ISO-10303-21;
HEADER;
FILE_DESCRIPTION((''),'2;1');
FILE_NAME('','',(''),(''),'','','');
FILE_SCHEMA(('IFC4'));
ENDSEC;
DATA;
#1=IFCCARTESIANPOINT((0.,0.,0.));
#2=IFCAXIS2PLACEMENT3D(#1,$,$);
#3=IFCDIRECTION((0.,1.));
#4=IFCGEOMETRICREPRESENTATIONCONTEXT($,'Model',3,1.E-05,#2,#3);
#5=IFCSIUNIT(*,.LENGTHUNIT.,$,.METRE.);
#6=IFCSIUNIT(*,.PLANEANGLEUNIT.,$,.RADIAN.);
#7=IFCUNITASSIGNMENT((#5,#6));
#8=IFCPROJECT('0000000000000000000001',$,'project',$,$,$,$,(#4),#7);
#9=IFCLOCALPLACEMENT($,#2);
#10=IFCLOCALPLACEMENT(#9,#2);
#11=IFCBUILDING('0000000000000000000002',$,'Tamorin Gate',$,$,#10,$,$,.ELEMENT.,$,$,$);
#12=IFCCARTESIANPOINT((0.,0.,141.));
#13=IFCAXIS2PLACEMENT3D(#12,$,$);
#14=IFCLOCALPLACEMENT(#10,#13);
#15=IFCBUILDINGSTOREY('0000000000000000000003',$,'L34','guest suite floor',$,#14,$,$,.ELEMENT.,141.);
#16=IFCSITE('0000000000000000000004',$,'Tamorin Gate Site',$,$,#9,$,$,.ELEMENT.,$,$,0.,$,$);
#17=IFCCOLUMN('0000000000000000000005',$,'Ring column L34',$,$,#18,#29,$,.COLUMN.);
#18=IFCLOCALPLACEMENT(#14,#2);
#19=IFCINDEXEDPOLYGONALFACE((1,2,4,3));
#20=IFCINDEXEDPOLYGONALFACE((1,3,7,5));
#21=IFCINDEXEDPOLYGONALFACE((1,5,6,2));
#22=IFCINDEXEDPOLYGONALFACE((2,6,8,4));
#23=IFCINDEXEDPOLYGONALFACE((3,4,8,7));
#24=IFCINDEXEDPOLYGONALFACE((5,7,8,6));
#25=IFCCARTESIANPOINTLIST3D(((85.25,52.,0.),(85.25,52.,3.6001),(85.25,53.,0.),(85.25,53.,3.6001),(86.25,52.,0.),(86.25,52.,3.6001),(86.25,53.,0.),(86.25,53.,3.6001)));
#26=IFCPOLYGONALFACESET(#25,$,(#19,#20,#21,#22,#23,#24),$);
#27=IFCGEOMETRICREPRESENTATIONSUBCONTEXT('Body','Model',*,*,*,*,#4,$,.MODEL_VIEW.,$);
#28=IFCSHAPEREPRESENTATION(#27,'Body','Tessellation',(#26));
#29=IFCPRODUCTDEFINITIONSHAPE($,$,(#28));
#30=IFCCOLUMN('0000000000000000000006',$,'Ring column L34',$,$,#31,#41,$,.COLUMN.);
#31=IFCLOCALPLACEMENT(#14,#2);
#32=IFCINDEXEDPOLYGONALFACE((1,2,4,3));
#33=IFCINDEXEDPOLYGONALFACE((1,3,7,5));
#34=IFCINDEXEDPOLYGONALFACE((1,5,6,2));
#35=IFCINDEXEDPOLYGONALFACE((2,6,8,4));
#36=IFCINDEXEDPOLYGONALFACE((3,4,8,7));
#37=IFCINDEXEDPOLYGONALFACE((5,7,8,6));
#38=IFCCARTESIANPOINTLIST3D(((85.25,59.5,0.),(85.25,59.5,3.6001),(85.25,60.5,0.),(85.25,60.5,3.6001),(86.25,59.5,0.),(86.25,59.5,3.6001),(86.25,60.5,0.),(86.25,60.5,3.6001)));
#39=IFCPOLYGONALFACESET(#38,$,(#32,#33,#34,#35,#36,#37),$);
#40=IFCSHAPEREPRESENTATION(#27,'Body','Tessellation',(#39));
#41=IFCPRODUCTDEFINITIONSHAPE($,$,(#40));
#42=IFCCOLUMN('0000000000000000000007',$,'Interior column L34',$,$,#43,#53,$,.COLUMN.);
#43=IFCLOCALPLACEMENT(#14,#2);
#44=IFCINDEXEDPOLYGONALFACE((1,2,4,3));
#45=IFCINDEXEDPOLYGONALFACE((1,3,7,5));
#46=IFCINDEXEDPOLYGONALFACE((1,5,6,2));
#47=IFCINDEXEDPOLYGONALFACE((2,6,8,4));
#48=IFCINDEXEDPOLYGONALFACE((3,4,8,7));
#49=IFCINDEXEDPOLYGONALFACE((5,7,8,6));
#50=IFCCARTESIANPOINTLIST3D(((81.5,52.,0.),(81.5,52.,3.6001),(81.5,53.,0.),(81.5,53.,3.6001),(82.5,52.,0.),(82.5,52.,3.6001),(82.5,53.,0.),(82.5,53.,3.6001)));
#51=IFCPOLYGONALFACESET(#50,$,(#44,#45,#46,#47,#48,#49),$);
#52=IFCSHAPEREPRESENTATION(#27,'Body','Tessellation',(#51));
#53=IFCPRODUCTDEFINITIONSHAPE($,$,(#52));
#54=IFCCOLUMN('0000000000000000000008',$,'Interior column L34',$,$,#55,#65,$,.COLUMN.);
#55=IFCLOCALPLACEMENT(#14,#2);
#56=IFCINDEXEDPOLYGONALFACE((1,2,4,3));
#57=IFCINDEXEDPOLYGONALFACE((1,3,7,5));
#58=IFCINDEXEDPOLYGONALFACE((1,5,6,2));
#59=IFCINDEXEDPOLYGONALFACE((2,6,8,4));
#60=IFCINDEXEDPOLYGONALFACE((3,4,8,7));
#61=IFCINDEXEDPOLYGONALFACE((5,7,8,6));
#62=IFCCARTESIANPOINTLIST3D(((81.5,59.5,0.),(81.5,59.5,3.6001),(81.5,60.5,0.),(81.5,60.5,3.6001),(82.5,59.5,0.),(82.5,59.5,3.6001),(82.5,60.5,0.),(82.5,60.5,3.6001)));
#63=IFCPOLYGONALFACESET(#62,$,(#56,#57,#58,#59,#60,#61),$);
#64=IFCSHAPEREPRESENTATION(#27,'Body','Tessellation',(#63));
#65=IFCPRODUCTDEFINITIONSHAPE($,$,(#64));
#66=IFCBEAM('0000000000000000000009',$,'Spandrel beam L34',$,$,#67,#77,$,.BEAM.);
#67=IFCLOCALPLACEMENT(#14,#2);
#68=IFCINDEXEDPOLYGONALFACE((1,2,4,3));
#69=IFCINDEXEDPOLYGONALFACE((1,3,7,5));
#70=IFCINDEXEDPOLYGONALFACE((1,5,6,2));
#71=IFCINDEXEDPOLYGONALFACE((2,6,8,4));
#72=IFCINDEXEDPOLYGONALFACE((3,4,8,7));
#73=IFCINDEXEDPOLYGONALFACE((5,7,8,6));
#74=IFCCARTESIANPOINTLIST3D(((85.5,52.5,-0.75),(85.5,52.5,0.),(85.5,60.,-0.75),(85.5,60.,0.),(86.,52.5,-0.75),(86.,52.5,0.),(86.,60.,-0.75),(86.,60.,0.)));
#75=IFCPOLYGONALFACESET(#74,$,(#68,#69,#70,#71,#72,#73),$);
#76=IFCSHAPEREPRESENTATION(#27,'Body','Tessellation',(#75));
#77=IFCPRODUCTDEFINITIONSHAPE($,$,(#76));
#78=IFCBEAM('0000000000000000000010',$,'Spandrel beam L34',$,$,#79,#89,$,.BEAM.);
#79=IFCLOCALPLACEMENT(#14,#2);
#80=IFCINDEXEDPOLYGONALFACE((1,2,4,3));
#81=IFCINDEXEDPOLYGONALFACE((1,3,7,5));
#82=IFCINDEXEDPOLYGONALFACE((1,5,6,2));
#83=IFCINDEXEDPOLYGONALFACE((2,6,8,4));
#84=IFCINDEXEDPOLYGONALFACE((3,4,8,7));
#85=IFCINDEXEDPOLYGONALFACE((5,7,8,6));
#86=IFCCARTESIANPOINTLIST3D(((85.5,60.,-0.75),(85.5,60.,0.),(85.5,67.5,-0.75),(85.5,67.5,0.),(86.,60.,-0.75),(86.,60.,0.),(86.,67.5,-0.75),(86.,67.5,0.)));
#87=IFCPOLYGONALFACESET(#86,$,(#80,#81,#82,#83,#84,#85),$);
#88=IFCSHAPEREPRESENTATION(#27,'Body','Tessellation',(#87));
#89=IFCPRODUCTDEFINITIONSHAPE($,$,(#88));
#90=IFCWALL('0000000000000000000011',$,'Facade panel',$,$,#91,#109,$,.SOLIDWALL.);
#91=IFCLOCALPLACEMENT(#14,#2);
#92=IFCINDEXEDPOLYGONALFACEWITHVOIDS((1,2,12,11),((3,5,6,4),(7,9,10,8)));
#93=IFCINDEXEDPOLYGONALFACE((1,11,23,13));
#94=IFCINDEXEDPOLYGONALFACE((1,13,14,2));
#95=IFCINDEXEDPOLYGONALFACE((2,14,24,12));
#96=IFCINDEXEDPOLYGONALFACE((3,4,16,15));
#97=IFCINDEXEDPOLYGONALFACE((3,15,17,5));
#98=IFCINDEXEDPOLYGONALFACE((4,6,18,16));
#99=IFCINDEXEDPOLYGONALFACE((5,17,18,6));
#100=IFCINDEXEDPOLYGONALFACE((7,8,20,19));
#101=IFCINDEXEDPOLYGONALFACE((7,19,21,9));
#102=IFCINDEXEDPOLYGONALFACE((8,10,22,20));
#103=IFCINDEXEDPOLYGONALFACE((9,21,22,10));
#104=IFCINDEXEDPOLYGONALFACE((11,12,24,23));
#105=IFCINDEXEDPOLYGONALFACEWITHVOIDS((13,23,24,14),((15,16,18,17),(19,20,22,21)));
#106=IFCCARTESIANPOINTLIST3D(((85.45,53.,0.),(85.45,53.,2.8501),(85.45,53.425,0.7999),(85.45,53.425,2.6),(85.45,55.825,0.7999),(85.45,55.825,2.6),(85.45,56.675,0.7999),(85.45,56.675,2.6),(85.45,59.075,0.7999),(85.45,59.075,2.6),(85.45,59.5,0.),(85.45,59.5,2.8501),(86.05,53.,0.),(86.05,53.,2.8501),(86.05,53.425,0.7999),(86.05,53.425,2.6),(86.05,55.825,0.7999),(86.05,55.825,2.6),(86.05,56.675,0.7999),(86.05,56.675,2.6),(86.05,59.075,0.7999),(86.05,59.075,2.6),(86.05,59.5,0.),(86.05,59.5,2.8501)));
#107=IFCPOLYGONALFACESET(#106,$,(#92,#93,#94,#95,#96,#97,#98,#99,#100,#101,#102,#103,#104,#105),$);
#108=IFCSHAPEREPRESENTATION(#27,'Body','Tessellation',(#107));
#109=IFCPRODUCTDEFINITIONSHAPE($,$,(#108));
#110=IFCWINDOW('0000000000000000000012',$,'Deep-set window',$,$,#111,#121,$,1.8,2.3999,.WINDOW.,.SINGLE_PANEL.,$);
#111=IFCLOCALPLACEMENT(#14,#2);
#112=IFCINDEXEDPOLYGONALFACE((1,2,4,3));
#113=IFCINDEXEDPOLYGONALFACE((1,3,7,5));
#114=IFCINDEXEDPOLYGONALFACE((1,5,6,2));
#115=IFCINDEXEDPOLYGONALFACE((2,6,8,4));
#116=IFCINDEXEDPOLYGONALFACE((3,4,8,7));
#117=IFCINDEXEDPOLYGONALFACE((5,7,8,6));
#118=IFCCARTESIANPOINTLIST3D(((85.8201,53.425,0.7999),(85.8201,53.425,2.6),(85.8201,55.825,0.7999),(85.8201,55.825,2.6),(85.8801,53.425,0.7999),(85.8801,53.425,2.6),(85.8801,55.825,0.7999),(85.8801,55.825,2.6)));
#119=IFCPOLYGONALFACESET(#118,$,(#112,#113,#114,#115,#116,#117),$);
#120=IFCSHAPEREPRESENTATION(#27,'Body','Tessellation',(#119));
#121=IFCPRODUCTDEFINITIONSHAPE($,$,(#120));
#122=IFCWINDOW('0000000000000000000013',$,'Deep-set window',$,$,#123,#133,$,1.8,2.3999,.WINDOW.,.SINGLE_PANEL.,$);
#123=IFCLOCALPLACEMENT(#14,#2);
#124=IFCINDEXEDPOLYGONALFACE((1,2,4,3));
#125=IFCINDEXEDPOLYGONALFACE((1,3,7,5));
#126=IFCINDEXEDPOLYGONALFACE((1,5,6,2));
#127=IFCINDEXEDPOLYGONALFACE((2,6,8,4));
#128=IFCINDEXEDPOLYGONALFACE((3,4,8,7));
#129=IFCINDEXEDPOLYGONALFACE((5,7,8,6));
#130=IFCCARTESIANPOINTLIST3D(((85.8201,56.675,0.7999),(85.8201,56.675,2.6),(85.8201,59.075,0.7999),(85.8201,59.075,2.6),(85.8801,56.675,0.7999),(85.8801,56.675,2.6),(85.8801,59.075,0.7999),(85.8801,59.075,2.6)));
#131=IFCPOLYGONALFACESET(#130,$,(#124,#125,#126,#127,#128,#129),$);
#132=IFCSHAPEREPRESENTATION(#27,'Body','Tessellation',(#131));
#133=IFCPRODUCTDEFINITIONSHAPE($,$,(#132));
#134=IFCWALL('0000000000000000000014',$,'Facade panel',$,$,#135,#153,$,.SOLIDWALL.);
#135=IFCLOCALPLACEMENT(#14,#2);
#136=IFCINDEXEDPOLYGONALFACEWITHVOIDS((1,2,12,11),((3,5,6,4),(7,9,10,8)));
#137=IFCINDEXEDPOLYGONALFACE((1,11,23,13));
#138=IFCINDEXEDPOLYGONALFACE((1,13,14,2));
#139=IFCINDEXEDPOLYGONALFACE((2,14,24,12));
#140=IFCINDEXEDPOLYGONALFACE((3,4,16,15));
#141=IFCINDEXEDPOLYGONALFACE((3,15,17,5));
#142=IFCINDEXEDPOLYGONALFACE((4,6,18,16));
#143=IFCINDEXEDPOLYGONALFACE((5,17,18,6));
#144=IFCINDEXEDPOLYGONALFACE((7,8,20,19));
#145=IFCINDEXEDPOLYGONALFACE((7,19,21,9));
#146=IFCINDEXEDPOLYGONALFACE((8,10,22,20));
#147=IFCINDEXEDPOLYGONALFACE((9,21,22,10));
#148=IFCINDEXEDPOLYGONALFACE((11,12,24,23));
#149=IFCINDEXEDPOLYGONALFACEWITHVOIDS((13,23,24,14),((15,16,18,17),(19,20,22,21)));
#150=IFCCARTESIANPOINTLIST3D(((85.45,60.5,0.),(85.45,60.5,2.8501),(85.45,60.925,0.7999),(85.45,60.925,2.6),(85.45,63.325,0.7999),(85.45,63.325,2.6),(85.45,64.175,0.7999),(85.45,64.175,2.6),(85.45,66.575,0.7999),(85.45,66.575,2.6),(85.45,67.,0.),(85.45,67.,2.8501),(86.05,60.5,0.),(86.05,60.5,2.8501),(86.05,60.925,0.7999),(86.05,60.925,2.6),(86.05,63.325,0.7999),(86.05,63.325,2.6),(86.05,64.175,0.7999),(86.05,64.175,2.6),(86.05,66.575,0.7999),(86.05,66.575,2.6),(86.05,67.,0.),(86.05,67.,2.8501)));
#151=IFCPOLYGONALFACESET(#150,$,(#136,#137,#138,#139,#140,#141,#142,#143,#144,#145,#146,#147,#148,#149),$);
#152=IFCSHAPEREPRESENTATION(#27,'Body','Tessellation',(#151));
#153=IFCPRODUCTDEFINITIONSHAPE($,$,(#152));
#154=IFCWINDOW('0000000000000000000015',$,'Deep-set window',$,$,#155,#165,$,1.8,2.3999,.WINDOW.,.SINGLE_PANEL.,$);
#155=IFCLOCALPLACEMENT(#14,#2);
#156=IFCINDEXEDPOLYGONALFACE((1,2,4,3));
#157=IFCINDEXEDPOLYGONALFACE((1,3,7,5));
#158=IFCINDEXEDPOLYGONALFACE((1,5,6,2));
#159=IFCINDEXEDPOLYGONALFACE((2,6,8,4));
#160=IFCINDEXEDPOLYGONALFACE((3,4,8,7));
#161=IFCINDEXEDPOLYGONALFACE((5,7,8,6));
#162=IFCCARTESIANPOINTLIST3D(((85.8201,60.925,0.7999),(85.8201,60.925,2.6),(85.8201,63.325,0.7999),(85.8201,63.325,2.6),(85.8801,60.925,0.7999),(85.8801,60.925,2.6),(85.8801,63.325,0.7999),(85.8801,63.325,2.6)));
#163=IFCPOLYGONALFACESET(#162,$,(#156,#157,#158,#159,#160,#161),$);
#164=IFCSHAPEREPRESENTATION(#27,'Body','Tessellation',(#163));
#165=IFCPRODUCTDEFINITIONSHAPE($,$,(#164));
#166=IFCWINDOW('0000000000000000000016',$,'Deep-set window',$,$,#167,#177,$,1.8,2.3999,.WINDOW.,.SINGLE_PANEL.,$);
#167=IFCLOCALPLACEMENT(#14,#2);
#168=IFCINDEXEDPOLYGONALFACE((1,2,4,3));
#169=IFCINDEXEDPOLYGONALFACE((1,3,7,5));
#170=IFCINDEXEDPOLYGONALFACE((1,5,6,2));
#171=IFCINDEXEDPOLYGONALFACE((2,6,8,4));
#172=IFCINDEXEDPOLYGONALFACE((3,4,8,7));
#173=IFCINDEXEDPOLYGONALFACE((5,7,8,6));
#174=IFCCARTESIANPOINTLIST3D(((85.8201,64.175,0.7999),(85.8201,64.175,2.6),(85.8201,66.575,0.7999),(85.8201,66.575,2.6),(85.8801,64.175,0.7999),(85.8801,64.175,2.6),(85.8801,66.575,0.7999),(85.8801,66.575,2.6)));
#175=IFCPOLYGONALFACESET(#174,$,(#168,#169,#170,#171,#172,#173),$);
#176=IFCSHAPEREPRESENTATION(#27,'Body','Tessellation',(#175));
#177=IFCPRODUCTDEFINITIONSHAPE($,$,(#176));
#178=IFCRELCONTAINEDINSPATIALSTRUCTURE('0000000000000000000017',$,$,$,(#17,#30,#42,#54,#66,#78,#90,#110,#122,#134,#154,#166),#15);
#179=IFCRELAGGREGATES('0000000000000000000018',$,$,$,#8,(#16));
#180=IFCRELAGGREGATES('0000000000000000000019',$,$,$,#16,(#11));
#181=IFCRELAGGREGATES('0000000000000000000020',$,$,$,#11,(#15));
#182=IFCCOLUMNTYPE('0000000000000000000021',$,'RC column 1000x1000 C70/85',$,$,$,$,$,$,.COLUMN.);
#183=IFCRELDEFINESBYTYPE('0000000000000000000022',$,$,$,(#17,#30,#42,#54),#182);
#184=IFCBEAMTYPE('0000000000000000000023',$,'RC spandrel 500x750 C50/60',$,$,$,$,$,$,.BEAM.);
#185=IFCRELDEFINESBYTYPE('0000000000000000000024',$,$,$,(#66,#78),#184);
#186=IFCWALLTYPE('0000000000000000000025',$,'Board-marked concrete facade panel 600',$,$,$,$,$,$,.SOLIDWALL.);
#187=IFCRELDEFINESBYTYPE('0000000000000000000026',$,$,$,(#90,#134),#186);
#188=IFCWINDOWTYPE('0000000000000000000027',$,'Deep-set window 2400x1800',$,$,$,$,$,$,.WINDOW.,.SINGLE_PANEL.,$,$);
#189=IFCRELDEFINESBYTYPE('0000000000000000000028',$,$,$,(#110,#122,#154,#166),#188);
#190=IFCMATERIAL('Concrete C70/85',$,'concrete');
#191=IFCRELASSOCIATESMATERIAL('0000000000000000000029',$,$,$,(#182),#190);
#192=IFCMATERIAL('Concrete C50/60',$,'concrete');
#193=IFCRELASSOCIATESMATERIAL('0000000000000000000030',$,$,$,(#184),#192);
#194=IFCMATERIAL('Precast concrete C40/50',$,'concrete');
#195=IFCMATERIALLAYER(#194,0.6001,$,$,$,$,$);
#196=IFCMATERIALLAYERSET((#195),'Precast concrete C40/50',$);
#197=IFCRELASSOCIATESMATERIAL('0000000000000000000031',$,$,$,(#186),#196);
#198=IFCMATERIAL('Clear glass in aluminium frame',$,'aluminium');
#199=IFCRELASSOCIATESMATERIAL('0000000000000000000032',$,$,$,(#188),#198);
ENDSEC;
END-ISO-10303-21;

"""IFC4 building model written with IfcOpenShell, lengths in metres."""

from ifc_helpers import new_model, si_unit, direction, frame, frame_2d, origin, origin_2d, place, context, subcontext, project, spatial, rectangle, extrude, material, layer, layer_set, material_profile, profile_set, type_object, element, fill, save


model = new_model("IFC4")

# Units and contexts
model_context = context("Model", 3, precision=1e-05, world=origin(), true_north=direction((0.0, 1.0)))
body_context = subcontext(model_context, "Body", "Model", "MODEL_VIEW")
ifc_project = project(units=[si_unit("LENGTHUNIT", "METRE"), si_unit("PLANEANGLEUNIT", "RADIAN")], contexts=[model_context])

# Site, building, storey
site_placement = place(None, origin())
site = spatial("IfcSite", under=ifc_project, at=site_placement, Name="Tamorin Gate Site", CompositionType="ELEMENT", RefElevation=0.0)
building_placement = place(site_placement, origin())
building = spatial("IfcBuilding", under=site, at=building_placement, Name="Tamorin Gate", CompositionType="ELEMENT")
storey_placement = place(building_placement, frame((0.0, 0.0, 141.0)))
storey = spatial("IfcBuildingStorey", under=building, at=storey_placement, Name="L34", Description="guest suite floor", CompositionType="ELEMENT", Elevation=141.0)

# Columns
ifc_material_1 = material(Name="Concrete C70/85", Category="concrete")
ifc_material_profile_1 = material_profile(ifc_material_1, rectangle(XDim=1.0, YDim=1.0, at=origin_2d()), Name="RC 1000x1000")
ifc_profile_set_1 = profile_set([ifc_material_profile_1], Name="Concrete C70/85")
column_type = type_object("IfcColumnType", Name="RC column 1000x1000 C70/85", PredefinedType="COLUMN", material=ifc_profile_set_1)
for number, where, z_axis, x_axis, name in (
    (1, (85.75, 52.5, 0.0), (0.0, 0.0, 1.0), (1.0, 0.0, 0.0), "Ring column L34"),
    (2, (85.75, 60.0, 0.0), (0.0, 0.0, 1.0), (1.0, 0.0, 0.0), "Ring column L34"),
    (3, (82.0, 52.5, 0.0), (0.0, 0.0, 1.0), (1.0, 0.0, 0.0), "Interior column L34"),
    (4, (82.0, 60.0, 0.0), (0.0, 0.0, 1.0), (1.0, 0.0, 0.0), "Interior column L34"),
):
    element("IfcColumn", number, at=place(storey_placement, frame(where, z_axis=z_axis, x_axis=x_axis)), inside=storey, type_object=column_type, Name=name, PredefinedType="COLUMN", context=body_context, shape_type="SweptSolid", body=[
        extrude(rectangle(XDim=1.0, YDim=1.0, at=origin_2d()), origin(), (0.0, 0.0, 1.0), 3.6001),
    ])

# Beams
ifc_material_2 = material(Name="Concrete C50/60", Category="concrete")
ifc_material_profile_2 = material_profile(ifc_material_2, rectangle(XDim=0.5, YDim=0.75, at=origin_2d()), Name="RC 500x750")
ifc_profile_set_2 = profile_set([ifc_material_profile_2], Name="Concrete C50/60")
beam_type = type_object("IfcBeamType", Name="RC spandrel 500x750 C50/60", PredefinedType="BEAM", material=ifc_profile_set_2)
for number, where, z_axis, x_axis, name in (
    (5, (85.75, 52.5, -0.375), (0.0, 1.0, 0.0), (-1.0, 0.0, 0.0), "Spandrel beam L34"),
    (6, (85.75, 60.0, -0.375), (0.0, 1.0, 0.0), (-1.0, 0.0, 0.0), "Spandrel beam L34"),
):
    element("IfcBeam", number, at=place(storey_placement, frame(where, z_axis=z_axis, x_axis=x_axis)), inside=storey, type_object=beam_type, Name=name, PredefinedType="BEAM", context=body_context, shape_type="SweptSolid", body=[
        extrude(rectangle(XDim=0.5, YDim=0.75, at=origin_2d()), origin(), (0.0, 0.0, 1.0), 7.5),
    ])

# Walls, openings, windows
ifc_material_3 = material(Name="Precast concrete C40/50", Category="concrete")
ifc_layer_1 = layer(ifc_material_3, 0.6001)
ifc_layer_set_1 = layer_set([ifc_layer_1], Name="Precast concrete C40/50")
wall_type_1 = type_object("IfcWallType", Name="Board-marked concrete facade panel 600", PredefinedType="SOLIDWALL", material=ifc_layer_set_1)
wall_1_placement = place(storey_placement, frame((85.75, 53.0, 0.0), z_axis=(0.0, 0.0, 1.0), x_axis=(0.0, 1.0, 0.0)))
wall_1 = element("IfcWall", 7, at=wall_1_placement, inside=storey, type_object=wall_type_1, Name="Facade panel", PredefinedType="SOLIDWALL", context=body_context, shape_type="SweptSolid", body=[
    extrude(rectangle(XDim=6.5, YDim=0.6001, at=frame_2d((3.25, 0.0))), origin(), (0.0, 0.0, 1.0), 2.8501),
])
opening_1_placement = place(wall_1_placement, frame((0.425, 0.0, 0.8)))
opening_1 = element("IfcOpeningElement", 8, at=opening_1_placement, cuts=wall_1, PredefinedType="OPENING", context=body_context, shape_type="SweptSolid", body=[
    extrude(rectangle(XDim=2.3999, YDim=1.8, at=frame_2d((1.2, 0.8999))), frame((0.0, 0.3101, 0.0), z_axis=(0.0, -1.0, 0.0), x_axis=(1.0, 0.0, 0.0)), (0.0, 0.0, 1.0), 0.6201),
])
opening_2_placement = place(wall_1_placement, frame((3.675, 0.0, 0.8)))
opening_2 = element("IfcOpeningElement", 9, at=opening_2_placement, cuts=wall_1, PredefinedType="OPENING", context=body_context, shape_type="SweptSolid", body=[
    extrude(rectangle(XDim=2.3999, YDim=1.8, at=frame_2d((1.2, 0.8999))), frame((0.0, 0.3101, 0.0), z_axis=(0.0, -1.0, 0.0), x_axis=(1.0, 0.0, 0.0)), (0.0, 0.0, 1.0), 0.6201),
])
ifc_material_4 = material(Name="Clear glass in aluminium frame", Category="aluminium")
window_type = type_object("IfcWindowType", Name="Deep-set window 2400x1800", PartitioningType="SINGLE_PANEL", PredefinedType="WINDOW", material=ifc_material_4)
window_1_placement = place(opening_1_placement, origin())
window_1 = element("IfcWindow", 10, at=window_1_placement, inside=storey, type_object=window_type, Name="Deep-set window", OverallHeight=1.8, OverallWidth=2.3999, PartitioningType="SINGLE_PANEL", PredefinedType="WINDOW", context=body_context, shape_type="SweptSolid", body=[
    extrude(rectangle(XDim=2.3999, YDim=1.8, at=frame_2d((1.2, 0.8999))), frame((0.0, -0.0701, 0.0), z_axis=(0.0, -1.0, 0.0), x_axis=(1.0, 0.0, 0.0)), (0.0, 0.0, 1.0), 0.0601),
])
fill(opening_1, window_1)
window_2_placement = place(opening_2_placement, origin())
window_2 = element("IfcWindow", 11, at=window_2_placement, inside=storey, type_object=window_type, Name="Deep-set window", OverallHeight=1.8, OverallWidth=2.3999, PartitioningType="SINGLE_PANEL", PredefinedType="WINDOW", context=body_context, shape_type="SweptSolid", body=[
    extrude(rectangle(XDim=2.3999, YDim=1.8, at=frame_2d((1.2, 0.8999))), frame((0.0, -0.0701, 0.0), z_axis=(0.0, -1.0, 0.0), x_axis=(1.0, 0.0, 0.0)), (0.0, 0.0, 1.0), 0.0601),
])
fill(opening_2, window_2)
wall_2_placement = place(storey_placement, frame((85.75, 60.5, 0.0), z_axis=(0.0, 0.0, 1.0), x_axis=(0.0, 1.0, 0.0)))
wall_2 = element("IfcWall", 12, at=wall_2_placement, inside=storey, type_object=wall_type_1, Name="Facade panel", PredefinedType="SOLIDWALL", context=body_context, shape_type="SweptSolid", body=[
    extrude(rectangle(XDim=6.5, YDim=0.6001, at=frame_2d((3.25, 0.0))), origin(), (0.0, 0.0, 1.0), 2.8501),
])
opening_3_placement = place(wall_2_placement, frame((0.425, 0.0, 0.8)))
opening_3 = element("IfcOpeningElement", 13, at=opening_3_placement, cuts=wall_2, PredefinedType="OPENING", context=body_context, shape_type="SweptSolid", body=[
    extrude(rectangle(XDim=2.3999, YDim=1.8, at=frame_2d((1.2, 0.8999))), frame((0.0, 0.3101, 0.0), z_axis=(0.0, -1.0, 0.0), x_axis=(1.0, 0.0, 0.0)), (0.0, 0.0, 1.0), 0.6201),
])
opening_4_placement = place(wall_2_placement, frame((3.675, 0.0, 0.8)))
opening_4 = element("IfcOpeningElement", 14, at=opening_4_placement, cuts=wall_2, PredefinedType="OPENING", context=body_context, shape_type="SweptSolid", body=[
    extrude(rectangle(XDim=2.3999, YDim=1.8, at=frame_2d((1.2, 0.8999))), frame((0.0, 0.3101, 0.0), z_axis=(0.0, -1.0, 0.0), x_axis=(1.0, 0.0, 0.0)), (0.0, 0.0, 1.0), 0.6201),
])
window_3_placement = place(opening_3_placement, origin())
window_3 = element("IfcWindow", 15, at=window_3_placement, inside=storey, type_object=window_type, Name="Deep-set window", OverallHeight=1.8, OverallWidth=2.3999, PartitioningType="SINGLE_PANEL", PredefinedType="WINDOW", context=body_context, shape_type="SweptSolid", body=[
    extrude(rectangle(XDim=2.3999, YDim=1.8, at=frame_2d((1.2, 0.8999))), frame((0.0, -0.0701, 0.0), z_axis=(0.0, -1.0, 0.0), x_axis=(1.0, 0.0, 0.0)), (0.0, 0.0, 1.0), 0.0601),
])
fill(opening_3, window_3)
window_4_placement = place(opening_4_placement, origin())
window_4 = element("IfcWindow", 16, at=window_4_placement, inside=storey, type_object=window_type, Name="Deep-set window", OverallHeight=1.8, OverallWidth=2.3999, PartitioningType="SINGLE_PANEL", PredefinedType="WINDOW", context=body_context, shape_type="SweptSolid", body=[
    extrude(rectangle(XDim=2.3999, YDim=1.8, at=frame_2d((1.2, 0.8999))), frame((0.0, -0.0701, 0.0), z_axis=(0.0, -1.0, 0.0), x_axis=(1.0, 0.0, 0.0)), (0.0, 0.0, 1.0), 0.0601),
])
fill(opening_4, window_4)

save(model, "model.ifc")
